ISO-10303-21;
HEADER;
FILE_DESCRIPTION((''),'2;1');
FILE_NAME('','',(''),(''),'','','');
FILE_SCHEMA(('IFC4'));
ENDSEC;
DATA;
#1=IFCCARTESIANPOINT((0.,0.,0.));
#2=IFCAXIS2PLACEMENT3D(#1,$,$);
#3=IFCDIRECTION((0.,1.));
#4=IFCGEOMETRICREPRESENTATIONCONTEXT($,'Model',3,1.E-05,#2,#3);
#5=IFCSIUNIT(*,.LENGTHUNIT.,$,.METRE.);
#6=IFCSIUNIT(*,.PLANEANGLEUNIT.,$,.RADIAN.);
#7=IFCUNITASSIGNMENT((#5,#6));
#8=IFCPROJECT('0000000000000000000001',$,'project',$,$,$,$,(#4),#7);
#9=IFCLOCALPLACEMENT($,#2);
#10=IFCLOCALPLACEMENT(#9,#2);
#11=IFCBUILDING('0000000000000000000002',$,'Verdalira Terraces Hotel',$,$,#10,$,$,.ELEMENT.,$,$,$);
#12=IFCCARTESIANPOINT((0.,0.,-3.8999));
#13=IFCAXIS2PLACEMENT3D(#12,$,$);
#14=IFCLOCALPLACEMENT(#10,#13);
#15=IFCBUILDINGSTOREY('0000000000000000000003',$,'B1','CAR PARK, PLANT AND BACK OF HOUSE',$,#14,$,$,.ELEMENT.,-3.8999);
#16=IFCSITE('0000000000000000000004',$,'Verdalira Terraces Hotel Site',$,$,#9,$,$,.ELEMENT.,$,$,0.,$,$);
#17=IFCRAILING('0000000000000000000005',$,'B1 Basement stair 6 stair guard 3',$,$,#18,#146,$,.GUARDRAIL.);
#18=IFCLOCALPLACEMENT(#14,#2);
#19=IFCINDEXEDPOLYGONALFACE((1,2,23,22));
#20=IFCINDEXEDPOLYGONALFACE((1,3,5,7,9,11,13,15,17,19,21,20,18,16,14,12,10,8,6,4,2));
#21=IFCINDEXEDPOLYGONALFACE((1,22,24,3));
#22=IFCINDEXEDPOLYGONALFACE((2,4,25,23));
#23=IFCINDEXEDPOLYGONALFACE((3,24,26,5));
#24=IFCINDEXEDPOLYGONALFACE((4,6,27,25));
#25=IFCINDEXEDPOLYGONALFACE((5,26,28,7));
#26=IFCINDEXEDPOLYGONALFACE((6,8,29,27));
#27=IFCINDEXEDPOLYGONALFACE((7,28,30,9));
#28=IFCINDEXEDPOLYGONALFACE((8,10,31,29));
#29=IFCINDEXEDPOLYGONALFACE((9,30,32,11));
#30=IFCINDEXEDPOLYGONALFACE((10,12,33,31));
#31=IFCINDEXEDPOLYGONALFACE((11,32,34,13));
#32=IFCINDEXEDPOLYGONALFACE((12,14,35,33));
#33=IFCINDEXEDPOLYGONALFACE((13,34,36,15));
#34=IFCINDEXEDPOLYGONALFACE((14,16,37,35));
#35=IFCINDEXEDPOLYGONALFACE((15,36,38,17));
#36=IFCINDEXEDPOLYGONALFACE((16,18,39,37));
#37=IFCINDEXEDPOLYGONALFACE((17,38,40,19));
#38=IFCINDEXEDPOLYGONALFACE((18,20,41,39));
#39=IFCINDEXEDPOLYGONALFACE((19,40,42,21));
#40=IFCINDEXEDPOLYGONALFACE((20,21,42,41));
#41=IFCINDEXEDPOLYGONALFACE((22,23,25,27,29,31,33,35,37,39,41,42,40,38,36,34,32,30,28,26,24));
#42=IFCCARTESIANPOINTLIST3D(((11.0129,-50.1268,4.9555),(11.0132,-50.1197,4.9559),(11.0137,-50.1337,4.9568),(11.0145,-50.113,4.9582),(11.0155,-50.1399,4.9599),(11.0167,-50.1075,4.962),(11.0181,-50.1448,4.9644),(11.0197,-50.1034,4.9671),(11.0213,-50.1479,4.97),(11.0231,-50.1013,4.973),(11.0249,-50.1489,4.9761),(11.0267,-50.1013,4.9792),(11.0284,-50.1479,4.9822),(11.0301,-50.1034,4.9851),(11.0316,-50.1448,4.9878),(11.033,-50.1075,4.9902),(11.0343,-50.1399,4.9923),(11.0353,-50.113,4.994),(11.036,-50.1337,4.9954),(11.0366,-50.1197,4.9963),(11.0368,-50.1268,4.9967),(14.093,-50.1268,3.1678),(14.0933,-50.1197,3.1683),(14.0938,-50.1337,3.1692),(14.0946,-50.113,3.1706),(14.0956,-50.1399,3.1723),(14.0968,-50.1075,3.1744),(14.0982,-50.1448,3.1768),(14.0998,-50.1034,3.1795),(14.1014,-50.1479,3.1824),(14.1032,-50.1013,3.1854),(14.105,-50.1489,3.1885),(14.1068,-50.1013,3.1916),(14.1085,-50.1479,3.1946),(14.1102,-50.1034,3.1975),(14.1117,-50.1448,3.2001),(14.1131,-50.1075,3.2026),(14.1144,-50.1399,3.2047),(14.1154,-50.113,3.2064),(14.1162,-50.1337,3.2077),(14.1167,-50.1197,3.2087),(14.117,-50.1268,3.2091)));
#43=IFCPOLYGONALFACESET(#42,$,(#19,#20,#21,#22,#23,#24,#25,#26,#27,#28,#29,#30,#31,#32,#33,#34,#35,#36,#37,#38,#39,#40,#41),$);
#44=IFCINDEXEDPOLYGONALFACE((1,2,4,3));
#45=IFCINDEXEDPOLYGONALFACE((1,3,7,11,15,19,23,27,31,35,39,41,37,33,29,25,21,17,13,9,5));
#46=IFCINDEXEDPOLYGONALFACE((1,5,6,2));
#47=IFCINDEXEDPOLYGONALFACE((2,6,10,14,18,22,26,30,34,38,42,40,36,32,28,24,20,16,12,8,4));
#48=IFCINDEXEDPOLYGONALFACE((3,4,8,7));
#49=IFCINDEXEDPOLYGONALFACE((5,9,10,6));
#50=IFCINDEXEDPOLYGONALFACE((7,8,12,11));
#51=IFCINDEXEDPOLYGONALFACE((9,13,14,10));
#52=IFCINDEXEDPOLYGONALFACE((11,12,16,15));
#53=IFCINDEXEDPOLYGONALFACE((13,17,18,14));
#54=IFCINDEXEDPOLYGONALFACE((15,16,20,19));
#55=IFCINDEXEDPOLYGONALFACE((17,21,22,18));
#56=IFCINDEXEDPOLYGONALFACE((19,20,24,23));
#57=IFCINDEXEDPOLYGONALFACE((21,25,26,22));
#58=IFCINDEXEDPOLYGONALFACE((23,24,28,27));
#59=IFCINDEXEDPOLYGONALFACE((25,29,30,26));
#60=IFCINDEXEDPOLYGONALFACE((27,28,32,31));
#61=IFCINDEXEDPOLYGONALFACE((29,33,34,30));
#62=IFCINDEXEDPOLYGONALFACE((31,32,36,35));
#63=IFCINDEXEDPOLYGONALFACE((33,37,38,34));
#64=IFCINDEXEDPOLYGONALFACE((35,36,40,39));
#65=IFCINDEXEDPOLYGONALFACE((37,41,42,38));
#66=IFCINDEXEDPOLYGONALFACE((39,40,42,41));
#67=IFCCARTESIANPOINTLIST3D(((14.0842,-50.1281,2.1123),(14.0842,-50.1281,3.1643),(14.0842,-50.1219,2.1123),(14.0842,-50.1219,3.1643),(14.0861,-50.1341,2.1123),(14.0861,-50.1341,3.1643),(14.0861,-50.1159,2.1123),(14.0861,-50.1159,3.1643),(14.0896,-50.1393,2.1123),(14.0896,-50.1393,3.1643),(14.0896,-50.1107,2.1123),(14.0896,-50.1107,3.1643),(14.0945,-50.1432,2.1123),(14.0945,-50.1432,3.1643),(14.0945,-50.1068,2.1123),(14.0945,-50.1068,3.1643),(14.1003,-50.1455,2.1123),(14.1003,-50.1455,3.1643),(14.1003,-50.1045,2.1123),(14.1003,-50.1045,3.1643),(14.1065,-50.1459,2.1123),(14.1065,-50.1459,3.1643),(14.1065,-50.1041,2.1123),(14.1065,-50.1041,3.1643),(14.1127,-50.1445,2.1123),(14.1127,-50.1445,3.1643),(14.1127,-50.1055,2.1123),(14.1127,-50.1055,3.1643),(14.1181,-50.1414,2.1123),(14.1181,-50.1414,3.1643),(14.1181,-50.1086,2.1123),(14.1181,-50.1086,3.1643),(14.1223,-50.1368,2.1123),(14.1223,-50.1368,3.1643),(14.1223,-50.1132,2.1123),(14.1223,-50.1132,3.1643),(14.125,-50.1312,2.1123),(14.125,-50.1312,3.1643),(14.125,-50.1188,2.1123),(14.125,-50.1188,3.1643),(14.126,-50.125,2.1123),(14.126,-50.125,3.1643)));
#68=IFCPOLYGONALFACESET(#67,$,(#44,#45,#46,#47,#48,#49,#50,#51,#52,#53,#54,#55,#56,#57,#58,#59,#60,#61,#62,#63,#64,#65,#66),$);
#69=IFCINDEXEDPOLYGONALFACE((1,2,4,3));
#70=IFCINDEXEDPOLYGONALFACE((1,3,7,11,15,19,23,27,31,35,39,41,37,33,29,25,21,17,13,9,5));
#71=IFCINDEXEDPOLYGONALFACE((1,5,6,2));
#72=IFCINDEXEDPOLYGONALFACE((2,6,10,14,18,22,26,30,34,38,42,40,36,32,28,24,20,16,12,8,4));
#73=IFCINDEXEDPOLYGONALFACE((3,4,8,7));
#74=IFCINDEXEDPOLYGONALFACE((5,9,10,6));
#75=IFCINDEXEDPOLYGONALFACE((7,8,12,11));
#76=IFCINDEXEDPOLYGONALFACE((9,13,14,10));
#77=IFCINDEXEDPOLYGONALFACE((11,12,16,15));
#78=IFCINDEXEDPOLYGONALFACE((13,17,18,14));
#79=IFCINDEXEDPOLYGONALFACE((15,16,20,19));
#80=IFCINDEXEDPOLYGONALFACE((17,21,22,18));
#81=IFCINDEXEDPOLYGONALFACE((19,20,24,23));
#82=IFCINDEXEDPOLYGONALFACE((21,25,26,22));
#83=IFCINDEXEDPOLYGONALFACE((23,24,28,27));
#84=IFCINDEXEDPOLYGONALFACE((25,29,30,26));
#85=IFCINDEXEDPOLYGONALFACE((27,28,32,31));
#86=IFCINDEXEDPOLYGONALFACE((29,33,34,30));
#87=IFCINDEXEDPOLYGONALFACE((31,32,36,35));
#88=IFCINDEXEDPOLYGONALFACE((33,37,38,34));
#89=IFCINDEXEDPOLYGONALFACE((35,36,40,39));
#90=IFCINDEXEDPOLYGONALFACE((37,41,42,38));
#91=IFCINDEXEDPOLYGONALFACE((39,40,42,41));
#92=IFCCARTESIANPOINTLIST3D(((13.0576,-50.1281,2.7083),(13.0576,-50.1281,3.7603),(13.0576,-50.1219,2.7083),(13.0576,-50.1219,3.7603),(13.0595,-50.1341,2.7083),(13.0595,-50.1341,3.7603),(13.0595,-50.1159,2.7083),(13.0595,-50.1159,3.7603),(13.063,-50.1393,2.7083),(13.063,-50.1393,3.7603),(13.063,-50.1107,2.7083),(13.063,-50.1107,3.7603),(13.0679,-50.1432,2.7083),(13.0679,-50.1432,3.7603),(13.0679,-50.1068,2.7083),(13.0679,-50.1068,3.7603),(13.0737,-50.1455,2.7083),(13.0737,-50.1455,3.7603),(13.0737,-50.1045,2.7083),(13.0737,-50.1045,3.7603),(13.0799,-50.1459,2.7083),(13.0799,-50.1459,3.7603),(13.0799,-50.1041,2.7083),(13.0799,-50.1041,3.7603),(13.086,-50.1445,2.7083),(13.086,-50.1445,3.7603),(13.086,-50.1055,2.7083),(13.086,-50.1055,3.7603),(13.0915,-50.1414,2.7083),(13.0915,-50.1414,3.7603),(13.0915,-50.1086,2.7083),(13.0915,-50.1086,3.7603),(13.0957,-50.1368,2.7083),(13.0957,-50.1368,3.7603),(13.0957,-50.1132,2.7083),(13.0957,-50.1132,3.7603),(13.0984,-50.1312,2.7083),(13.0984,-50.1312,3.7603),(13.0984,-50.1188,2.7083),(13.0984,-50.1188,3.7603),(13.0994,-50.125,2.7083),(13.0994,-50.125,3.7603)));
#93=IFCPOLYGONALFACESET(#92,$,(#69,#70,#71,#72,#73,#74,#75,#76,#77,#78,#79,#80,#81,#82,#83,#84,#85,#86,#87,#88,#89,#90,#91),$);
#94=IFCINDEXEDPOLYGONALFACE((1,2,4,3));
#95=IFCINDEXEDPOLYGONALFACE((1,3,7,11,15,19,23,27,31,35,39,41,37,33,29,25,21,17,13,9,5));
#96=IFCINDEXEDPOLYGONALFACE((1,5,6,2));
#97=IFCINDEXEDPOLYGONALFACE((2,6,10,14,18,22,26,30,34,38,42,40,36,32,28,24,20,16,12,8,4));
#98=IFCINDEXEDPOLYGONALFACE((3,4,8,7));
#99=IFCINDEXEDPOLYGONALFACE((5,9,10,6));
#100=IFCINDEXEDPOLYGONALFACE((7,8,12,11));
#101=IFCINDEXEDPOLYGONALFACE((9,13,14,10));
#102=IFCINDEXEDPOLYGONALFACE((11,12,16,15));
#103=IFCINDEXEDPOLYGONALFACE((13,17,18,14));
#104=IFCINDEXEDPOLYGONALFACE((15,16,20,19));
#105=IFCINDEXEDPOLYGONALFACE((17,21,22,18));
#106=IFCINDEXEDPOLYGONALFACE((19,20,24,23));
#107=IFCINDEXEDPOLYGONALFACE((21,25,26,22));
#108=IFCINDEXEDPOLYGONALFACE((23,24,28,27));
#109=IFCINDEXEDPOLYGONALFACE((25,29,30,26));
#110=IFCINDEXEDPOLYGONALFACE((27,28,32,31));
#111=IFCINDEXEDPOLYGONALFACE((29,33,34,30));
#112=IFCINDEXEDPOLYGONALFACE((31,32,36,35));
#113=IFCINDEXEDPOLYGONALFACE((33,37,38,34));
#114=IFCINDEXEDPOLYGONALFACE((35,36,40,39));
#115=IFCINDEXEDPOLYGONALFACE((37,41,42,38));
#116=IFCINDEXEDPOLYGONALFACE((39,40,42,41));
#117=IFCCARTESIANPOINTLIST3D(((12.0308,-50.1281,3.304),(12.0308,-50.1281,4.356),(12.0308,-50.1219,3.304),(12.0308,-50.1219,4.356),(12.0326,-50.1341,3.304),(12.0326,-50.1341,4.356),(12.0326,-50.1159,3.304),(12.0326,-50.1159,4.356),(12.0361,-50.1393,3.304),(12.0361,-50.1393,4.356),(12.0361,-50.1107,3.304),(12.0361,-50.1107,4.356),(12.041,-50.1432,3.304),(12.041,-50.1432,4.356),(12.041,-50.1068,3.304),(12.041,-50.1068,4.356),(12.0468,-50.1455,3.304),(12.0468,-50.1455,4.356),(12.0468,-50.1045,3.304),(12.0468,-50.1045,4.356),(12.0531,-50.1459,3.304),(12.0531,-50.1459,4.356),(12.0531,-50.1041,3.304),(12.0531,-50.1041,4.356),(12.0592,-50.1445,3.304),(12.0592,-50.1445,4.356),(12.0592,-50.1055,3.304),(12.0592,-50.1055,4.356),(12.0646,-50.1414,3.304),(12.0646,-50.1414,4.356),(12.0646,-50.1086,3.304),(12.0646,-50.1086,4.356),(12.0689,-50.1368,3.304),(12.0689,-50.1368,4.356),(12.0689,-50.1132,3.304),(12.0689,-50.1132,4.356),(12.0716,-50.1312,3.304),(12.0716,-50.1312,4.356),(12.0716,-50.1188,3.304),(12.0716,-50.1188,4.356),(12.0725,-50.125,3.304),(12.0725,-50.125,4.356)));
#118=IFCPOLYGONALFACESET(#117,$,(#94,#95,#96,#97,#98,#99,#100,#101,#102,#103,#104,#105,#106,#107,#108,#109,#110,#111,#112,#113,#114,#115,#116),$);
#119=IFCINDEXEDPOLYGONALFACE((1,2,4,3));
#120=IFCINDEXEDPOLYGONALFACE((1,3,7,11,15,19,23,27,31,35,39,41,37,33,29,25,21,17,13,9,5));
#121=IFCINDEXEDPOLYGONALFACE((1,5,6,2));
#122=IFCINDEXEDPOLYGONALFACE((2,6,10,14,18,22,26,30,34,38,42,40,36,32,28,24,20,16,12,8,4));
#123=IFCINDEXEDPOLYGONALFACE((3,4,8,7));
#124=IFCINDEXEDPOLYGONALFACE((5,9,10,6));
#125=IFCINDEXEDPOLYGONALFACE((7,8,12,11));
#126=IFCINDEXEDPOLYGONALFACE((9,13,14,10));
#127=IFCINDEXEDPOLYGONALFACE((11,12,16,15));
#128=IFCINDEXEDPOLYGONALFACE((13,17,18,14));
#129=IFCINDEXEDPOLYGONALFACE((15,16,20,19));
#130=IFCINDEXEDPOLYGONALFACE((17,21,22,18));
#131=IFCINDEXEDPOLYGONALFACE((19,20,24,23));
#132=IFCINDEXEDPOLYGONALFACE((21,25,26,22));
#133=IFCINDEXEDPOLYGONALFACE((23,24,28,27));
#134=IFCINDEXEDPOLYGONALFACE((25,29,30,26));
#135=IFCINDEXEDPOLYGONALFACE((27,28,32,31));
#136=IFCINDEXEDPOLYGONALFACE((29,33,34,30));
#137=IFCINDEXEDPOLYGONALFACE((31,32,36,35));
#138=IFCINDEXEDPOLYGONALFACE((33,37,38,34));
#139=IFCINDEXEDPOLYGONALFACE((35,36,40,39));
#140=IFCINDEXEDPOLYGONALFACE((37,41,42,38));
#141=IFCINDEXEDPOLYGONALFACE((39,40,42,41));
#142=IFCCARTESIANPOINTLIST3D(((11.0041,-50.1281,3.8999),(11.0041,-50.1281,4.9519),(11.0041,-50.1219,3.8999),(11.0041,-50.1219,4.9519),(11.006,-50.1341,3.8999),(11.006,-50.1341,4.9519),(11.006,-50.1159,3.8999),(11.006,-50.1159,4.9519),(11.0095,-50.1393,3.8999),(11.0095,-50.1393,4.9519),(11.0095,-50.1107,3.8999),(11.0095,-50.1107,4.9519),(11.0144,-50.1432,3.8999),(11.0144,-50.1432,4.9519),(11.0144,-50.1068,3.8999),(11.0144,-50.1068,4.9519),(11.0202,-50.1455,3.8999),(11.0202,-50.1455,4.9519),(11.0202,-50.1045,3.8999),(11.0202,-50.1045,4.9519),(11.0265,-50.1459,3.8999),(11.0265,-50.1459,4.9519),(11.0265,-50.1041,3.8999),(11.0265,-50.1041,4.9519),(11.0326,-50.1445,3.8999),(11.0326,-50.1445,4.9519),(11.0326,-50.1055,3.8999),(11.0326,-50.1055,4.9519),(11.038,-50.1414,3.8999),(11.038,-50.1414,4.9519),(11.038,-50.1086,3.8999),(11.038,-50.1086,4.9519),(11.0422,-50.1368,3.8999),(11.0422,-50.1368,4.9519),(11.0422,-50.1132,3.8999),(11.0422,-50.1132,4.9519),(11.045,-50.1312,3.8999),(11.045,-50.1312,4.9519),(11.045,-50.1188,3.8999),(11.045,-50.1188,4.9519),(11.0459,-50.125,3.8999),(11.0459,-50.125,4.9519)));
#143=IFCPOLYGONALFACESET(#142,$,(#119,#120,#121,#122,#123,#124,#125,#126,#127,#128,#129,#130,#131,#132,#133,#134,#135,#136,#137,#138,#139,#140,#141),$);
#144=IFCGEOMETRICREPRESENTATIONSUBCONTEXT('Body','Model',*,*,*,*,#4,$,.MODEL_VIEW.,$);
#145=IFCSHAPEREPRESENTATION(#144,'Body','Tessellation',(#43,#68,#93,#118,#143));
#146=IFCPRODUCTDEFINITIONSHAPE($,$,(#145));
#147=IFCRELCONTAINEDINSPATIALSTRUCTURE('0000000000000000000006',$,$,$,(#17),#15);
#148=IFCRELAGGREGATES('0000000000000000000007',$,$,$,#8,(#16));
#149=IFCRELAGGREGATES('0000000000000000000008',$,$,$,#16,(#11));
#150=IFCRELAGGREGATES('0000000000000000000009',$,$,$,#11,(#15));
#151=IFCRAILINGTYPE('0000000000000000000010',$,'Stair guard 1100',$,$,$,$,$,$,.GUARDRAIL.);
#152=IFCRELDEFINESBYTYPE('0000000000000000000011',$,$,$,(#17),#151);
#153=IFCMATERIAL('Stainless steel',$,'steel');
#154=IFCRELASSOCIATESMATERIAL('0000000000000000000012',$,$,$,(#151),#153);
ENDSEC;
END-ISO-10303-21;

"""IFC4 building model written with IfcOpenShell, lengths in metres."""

from ifc_helpers import new_model, si_unit, direction, frame, origin, origin_2d, place, context, subcontext, project, spatial, circle, extrude, material, type_object, element, save


model = new_model("IFC4")

# Units and contexts
model_context = context("Model", 3, precision=1e-05, world=origin(), true_north=direction((0.0, 1.0)))
body_context = subcontext(model_context, "Body", "Model", "MODEL_VIEW")
ifc_project = project(units=[si_unit("LENGTHUNIT", "METRE"), si_unit("PLANEANGLEUNIT", "RADIAN")], contexts=[model_context])

# Site, building, storey
site_placement = place(None, origin())
site = spatial("IfcSite", under=ifc_project, at=site_placement, Name="Verdalira Terraces Hotel Site", CompositionType="ELEMENT", RefElevation=0.0)
building_placement = place(site_placement, origin())
building = spatial("IfcBuilding", under=site, at=building_placement, Name="Verdalira Terraces Hotel", CompositionType="ELEMENT")
storey_placement = place(building_placement, frame((0.0, 0.0, -3.8999)))
storey = spatial("IfcBuildingStorey", under=building, at=storey_placement, Name="B1", Description="CAR PARK, PLANT AND BACK OF HOUSE", CompositionType="ELEMENT", Elevation=-3.8999)

# Railing
ifc_material_1 = material(Name="Stainless steel", Category="steel")
railing_type_1 = type_object("IfcRailingType", Name="Stair guard 1100", PredefinedType="GUARDRAIL", material=ifc_material_1)
railing_1_placement = place(storey_placement, frame((14.105, -50.125, 2.1123)))
element("IfcRailing", 1, at=railing_1_placement, inside=storey, type_object=railing_type_1, Name="B1 Basement stair 6 stair guard 3", PredefinedType="GUARDRAIL", context=body_context, shape_type="SweptSolid", body=[
    extrude(circle(Radius=0.0239, at=origin_2d()), frame((0.0, 0.0, 1.0762), z_axis=(-0.864891, 0.0, 0.50196), x_axis=(0.0, -1.0, 0.0)), (0.0, 0.0, 1.0), 3.5613),
    extrude(circle(Radius=0.021, at=origin_2d()), origin(), (0.0, 0.0, 1.0), 1.052),
    extrude(circle(Radius=0.021, at=origin_2d()), frame((-1.0266, 0.0, 0.5959)), (0.0, 0.0, 1.0), 1.052),
    extrude(circle(Radius=0.021, at=origin_2d()), frame((-2.0535, 0.0, 1.1917)), (0.0, 0.0, 1.0), 1.052),
    extrude(circle(Radius=0.021, at=origin_2d()), frame((-3.0801, 0.0, 1.7876)), (0.0, 0.0, 1.0), 1.052),
])

save(model, "model.ifc")
